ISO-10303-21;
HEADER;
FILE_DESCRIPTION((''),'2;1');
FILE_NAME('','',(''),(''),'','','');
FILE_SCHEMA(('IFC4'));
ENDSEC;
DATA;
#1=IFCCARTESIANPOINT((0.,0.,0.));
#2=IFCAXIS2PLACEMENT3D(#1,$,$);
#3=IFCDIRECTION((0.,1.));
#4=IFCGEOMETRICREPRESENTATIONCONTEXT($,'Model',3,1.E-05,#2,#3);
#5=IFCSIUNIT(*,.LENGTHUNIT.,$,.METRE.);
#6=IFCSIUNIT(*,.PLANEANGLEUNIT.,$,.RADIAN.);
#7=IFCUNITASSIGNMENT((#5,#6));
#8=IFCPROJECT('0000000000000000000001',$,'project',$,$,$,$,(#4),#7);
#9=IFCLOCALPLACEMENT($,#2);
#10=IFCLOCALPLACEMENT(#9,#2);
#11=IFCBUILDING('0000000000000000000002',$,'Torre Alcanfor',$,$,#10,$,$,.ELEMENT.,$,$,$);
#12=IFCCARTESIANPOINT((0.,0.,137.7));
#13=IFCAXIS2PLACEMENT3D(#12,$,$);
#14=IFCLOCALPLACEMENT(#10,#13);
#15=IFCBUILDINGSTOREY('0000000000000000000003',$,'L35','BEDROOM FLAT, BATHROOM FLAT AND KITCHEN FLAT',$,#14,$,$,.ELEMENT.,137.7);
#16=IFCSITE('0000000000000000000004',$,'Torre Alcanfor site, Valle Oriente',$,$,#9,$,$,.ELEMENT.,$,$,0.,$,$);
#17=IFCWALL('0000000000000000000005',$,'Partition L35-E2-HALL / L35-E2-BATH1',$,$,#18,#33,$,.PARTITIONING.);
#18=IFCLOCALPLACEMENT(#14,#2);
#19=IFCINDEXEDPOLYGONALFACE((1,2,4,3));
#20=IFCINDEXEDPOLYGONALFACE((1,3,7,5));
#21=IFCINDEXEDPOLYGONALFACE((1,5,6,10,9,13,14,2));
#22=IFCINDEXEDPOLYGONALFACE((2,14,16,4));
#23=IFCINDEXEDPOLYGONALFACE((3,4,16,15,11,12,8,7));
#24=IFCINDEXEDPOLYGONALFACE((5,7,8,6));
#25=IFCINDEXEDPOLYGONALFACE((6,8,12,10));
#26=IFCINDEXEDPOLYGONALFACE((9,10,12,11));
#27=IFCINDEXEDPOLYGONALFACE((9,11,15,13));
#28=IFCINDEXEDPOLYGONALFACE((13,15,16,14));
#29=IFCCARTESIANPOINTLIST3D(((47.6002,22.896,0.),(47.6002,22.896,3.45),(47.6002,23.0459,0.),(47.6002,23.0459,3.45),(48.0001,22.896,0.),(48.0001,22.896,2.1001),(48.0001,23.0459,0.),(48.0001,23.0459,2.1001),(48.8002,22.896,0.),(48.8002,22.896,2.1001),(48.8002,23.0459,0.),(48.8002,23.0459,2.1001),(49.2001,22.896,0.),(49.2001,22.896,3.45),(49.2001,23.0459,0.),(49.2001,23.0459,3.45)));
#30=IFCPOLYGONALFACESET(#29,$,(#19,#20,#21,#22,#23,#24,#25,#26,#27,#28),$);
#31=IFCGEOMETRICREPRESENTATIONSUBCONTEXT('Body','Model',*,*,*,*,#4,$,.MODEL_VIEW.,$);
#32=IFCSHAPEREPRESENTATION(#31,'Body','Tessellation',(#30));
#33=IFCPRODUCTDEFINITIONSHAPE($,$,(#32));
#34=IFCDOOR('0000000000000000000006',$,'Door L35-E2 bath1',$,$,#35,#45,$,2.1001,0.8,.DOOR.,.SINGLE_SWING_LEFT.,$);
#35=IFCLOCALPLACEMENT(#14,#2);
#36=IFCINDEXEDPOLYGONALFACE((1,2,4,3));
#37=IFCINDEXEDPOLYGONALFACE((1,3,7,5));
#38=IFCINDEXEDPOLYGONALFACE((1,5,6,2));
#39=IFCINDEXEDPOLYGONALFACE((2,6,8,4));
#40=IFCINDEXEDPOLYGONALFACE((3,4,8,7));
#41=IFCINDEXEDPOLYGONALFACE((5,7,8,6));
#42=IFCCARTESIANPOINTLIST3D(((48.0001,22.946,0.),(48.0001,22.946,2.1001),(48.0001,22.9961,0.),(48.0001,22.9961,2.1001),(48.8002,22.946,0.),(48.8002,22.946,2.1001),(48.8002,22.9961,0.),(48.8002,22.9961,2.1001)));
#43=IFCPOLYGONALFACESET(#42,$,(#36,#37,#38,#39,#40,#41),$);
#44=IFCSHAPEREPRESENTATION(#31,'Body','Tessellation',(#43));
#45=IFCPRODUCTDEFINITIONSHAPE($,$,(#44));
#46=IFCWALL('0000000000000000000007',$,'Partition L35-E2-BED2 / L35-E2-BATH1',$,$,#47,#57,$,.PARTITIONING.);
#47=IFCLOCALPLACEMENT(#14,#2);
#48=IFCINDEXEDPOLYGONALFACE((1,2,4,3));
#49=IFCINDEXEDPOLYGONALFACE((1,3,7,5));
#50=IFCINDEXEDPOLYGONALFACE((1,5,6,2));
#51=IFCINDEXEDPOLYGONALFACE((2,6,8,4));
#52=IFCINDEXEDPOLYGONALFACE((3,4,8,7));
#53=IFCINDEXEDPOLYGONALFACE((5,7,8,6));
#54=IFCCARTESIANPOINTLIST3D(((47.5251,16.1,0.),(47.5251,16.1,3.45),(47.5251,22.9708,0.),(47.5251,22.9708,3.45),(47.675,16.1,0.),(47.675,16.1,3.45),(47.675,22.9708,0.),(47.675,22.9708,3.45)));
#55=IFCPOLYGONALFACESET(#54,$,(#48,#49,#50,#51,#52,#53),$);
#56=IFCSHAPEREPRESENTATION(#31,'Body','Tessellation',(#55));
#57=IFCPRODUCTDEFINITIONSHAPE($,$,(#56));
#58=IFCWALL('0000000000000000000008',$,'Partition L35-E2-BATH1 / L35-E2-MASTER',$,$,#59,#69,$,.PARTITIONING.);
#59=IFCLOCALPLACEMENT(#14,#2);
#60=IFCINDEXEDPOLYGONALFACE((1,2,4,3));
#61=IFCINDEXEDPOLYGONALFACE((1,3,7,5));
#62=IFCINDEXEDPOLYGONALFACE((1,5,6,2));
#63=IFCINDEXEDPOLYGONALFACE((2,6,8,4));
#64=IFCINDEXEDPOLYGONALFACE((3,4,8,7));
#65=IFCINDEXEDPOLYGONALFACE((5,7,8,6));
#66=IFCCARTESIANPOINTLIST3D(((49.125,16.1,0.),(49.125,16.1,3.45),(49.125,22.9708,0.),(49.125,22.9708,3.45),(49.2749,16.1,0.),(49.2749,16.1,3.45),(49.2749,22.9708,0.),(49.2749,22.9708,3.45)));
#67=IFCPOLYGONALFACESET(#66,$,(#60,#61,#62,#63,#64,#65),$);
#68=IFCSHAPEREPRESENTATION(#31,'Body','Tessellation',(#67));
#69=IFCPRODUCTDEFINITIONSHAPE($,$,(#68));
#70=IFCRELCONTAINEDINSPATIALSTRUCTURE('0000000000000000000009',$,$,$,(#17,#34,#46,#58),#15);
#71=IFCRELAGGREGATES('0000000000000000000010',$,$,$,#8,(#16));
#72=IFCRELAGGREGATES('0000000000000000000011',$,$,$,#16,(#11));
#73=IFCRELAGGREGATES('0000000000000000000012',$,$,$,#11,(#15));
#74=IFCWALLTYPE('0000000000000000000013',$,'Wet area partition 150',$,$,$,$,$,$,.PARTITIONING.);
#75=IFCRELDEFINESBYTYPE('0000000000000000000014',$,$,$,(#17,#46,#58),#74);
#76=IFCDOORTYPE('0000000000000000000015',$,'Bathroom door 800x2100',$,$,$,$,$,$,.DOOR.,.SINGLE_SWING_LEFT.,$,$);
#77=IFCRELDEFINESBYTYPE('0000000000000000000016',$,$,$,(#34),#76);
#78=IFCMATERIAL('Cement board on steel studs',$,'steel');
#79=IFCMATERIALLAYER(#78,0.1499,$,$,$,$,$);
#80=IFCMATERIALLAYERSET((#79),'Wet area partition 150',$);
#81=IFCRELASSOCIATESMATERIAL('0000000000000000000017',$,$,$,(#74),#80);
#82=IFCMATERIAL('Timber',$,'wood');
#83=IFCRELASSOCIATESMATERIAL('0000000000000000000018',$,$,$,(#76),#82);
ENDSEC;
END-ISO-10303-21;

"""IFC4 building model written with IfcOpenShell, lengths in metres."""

from ifc_helpers import new_model, si_unit, direction, frame, frame_2d, origin, place, context, subcontext, project, spatial, rectangle, extrude, material, layer, layer_set, type_object, element, fill, save


model = new_model("IFC4")

# Units and contexts
model_context = context("Model", 3, precision=1e-05, world=origin(), true_north=direction((0.0, 1.0)))
body_context = subcontext(model_context, "Body", "Model", "MODEL_VIEW")
ifc_project = project(units=[si_unit("LENGTHUNIT", "METRE"), si_unit("PLANEANGLEUNIT", "RADIAN")], contexts=[model_context])

# Site, building, storey
site_placement = place(None, origin())
site = spatial("IfcSite", under=ifc_project, at=site_placement, Name="Torre Alcanfor site, Valle Oriente", CompositionType="ELEMENT", RefElevation=0.0)
building_placement = place(site_placement, origin())
building = spatial("IfcBuilding", under=site, at=building_placement, Name="Torre Alcanfor", CompositionType="ELEMENT")
storey_placement = place(building_placement, frame((0.0, 0.0, 137.7)))
storey = spatial("IfcBuildingStorey", under=building, at=storey_placement, Name="L35", Description="BEDROOM FLAT, BATHROOM FLAT AND KITCHEN FLAT", CompositionType="ELEMENT", Elevation=137.7)

# Wall, opening, door
ifc_material_1 = material(Name="Cement board on steel studs", Category="steel")
ifc_layer_1 = layer(ifc_material_1, 0.1499)
ifc_layer_set_1 = layer_set([ifc_layer_1], Name="Wet area partition 150")
wall_type_1 = type_object("IfcWallType", Name="Wet area partition 150", PredefinedType="PARTITIONING", material=ifc_layer_set_1)
wall_1_placement = place(storey_placement, frame((49.2, 22.9709, 0.0), z_axis=(0.0, 0.0, 1.0), x_axis=(-1.0, 0.0, 0.0)))
wall_1 = element("IfcWall", 1, at=wall_1_placement, inside=storey, type_object=wall_type_1, Name="Partition L35-E2-HALL / L35-E2-BATH1", PredefinedType="PARTITIONING", context=body_context, shape_type="SweptSolid", body=[
    extrude(rectangle(XDim=1.5999, YDim=0.1499, at=frame_2d((0.7998, 0.0))), origin(), (0.0, 0.0, 1.0), 3.45),
])
opening_1_placement = place(wall_1_placement, frame((0.3999, 0.0, 0.0)))
opening_1 = element("IfcOpeningElement", 2, at=opening_1_placement, cuts=wall_1, PredefinedType="OPENING", context=body_context, shape_type="SweptSolid", body=[
    extrude(rectangle(XDim=0.8, YDim=2.1001, at=frame_2d((0.3999, 1.05))), frame((0.0, 0.085, 0.0), z_axis=(0.0, -1.0, 0.0), x_axis=(1.0, 0.0, 0.0)), (0.0, 0.0, 1.0), 0.1699),
])
ifc_material_2 = material(Name="Timber", Category="wood")
door_type_1 = type_object("IfcDoorType", Name="Bathroom door 800x2100", OperationType="SINGLE_SWING_LEFT", PredefinedType="DOOR", material=ifc_material_2)
door_1_placement = place(opening_1_placement, origin())
door_1 = element("IfcDoor", 3, at=door_1_placement, inside=storey, type_object=door_type_1, Name="Door L35-E2 bath1", OperationType="SINGLE_SWING_LEFT", OverallHeight=2.1001, OverallWidth=0.8, PredefinedType="DOOR", context=body_context, shape_type="SweptSolid", body=[
    extrude(rectangle(XDim=0.8, YDim=2.1001, at=frame_2d((0.3999, 1.05))), frame((0.0, 0.0249, 0.0), z_axis=(0.0, -1.0, 0.0), x_axis=(1.0, 0.0, 0.0)), (0.0, 0.0, 1.0), 0.05),
])
fill(opening_1, door_1)

# Walls
for number, where, z_axis, x_axis, name in (
    (4, (47.6001, 22.9709, 0.0), (0.0, 0.0, 1.0), (0.0, -1.0, 0.0), "Partition L35-E2-BED2 / L35-E2-BATH1"),
    (5, (49.2, 22.9709, 0.0), (0.0, 0.0, 1.0), (0.0, -1.0, 0.0), "Partition L35-E2-BATH1 / L35-E2-MASTER"),
):
    element("IfcWall", number, at=place(storey_placement, frame(where, z_axis=z_axis, x_axis=x_axis)), inside=storey, type_object=wall_type_1, Name=name, PredefinedType="PARTITIONING", context=body_context, shape_type="SweptSolid", body=[
        extrude(rectangle(XDim=6.8708, YDim=0.1499, at=frame_2d((3.4355, 0.0))), origin(), (0.0, 0.0, 1.0), 3.45),
    ])

save(model, "model.ifc")
